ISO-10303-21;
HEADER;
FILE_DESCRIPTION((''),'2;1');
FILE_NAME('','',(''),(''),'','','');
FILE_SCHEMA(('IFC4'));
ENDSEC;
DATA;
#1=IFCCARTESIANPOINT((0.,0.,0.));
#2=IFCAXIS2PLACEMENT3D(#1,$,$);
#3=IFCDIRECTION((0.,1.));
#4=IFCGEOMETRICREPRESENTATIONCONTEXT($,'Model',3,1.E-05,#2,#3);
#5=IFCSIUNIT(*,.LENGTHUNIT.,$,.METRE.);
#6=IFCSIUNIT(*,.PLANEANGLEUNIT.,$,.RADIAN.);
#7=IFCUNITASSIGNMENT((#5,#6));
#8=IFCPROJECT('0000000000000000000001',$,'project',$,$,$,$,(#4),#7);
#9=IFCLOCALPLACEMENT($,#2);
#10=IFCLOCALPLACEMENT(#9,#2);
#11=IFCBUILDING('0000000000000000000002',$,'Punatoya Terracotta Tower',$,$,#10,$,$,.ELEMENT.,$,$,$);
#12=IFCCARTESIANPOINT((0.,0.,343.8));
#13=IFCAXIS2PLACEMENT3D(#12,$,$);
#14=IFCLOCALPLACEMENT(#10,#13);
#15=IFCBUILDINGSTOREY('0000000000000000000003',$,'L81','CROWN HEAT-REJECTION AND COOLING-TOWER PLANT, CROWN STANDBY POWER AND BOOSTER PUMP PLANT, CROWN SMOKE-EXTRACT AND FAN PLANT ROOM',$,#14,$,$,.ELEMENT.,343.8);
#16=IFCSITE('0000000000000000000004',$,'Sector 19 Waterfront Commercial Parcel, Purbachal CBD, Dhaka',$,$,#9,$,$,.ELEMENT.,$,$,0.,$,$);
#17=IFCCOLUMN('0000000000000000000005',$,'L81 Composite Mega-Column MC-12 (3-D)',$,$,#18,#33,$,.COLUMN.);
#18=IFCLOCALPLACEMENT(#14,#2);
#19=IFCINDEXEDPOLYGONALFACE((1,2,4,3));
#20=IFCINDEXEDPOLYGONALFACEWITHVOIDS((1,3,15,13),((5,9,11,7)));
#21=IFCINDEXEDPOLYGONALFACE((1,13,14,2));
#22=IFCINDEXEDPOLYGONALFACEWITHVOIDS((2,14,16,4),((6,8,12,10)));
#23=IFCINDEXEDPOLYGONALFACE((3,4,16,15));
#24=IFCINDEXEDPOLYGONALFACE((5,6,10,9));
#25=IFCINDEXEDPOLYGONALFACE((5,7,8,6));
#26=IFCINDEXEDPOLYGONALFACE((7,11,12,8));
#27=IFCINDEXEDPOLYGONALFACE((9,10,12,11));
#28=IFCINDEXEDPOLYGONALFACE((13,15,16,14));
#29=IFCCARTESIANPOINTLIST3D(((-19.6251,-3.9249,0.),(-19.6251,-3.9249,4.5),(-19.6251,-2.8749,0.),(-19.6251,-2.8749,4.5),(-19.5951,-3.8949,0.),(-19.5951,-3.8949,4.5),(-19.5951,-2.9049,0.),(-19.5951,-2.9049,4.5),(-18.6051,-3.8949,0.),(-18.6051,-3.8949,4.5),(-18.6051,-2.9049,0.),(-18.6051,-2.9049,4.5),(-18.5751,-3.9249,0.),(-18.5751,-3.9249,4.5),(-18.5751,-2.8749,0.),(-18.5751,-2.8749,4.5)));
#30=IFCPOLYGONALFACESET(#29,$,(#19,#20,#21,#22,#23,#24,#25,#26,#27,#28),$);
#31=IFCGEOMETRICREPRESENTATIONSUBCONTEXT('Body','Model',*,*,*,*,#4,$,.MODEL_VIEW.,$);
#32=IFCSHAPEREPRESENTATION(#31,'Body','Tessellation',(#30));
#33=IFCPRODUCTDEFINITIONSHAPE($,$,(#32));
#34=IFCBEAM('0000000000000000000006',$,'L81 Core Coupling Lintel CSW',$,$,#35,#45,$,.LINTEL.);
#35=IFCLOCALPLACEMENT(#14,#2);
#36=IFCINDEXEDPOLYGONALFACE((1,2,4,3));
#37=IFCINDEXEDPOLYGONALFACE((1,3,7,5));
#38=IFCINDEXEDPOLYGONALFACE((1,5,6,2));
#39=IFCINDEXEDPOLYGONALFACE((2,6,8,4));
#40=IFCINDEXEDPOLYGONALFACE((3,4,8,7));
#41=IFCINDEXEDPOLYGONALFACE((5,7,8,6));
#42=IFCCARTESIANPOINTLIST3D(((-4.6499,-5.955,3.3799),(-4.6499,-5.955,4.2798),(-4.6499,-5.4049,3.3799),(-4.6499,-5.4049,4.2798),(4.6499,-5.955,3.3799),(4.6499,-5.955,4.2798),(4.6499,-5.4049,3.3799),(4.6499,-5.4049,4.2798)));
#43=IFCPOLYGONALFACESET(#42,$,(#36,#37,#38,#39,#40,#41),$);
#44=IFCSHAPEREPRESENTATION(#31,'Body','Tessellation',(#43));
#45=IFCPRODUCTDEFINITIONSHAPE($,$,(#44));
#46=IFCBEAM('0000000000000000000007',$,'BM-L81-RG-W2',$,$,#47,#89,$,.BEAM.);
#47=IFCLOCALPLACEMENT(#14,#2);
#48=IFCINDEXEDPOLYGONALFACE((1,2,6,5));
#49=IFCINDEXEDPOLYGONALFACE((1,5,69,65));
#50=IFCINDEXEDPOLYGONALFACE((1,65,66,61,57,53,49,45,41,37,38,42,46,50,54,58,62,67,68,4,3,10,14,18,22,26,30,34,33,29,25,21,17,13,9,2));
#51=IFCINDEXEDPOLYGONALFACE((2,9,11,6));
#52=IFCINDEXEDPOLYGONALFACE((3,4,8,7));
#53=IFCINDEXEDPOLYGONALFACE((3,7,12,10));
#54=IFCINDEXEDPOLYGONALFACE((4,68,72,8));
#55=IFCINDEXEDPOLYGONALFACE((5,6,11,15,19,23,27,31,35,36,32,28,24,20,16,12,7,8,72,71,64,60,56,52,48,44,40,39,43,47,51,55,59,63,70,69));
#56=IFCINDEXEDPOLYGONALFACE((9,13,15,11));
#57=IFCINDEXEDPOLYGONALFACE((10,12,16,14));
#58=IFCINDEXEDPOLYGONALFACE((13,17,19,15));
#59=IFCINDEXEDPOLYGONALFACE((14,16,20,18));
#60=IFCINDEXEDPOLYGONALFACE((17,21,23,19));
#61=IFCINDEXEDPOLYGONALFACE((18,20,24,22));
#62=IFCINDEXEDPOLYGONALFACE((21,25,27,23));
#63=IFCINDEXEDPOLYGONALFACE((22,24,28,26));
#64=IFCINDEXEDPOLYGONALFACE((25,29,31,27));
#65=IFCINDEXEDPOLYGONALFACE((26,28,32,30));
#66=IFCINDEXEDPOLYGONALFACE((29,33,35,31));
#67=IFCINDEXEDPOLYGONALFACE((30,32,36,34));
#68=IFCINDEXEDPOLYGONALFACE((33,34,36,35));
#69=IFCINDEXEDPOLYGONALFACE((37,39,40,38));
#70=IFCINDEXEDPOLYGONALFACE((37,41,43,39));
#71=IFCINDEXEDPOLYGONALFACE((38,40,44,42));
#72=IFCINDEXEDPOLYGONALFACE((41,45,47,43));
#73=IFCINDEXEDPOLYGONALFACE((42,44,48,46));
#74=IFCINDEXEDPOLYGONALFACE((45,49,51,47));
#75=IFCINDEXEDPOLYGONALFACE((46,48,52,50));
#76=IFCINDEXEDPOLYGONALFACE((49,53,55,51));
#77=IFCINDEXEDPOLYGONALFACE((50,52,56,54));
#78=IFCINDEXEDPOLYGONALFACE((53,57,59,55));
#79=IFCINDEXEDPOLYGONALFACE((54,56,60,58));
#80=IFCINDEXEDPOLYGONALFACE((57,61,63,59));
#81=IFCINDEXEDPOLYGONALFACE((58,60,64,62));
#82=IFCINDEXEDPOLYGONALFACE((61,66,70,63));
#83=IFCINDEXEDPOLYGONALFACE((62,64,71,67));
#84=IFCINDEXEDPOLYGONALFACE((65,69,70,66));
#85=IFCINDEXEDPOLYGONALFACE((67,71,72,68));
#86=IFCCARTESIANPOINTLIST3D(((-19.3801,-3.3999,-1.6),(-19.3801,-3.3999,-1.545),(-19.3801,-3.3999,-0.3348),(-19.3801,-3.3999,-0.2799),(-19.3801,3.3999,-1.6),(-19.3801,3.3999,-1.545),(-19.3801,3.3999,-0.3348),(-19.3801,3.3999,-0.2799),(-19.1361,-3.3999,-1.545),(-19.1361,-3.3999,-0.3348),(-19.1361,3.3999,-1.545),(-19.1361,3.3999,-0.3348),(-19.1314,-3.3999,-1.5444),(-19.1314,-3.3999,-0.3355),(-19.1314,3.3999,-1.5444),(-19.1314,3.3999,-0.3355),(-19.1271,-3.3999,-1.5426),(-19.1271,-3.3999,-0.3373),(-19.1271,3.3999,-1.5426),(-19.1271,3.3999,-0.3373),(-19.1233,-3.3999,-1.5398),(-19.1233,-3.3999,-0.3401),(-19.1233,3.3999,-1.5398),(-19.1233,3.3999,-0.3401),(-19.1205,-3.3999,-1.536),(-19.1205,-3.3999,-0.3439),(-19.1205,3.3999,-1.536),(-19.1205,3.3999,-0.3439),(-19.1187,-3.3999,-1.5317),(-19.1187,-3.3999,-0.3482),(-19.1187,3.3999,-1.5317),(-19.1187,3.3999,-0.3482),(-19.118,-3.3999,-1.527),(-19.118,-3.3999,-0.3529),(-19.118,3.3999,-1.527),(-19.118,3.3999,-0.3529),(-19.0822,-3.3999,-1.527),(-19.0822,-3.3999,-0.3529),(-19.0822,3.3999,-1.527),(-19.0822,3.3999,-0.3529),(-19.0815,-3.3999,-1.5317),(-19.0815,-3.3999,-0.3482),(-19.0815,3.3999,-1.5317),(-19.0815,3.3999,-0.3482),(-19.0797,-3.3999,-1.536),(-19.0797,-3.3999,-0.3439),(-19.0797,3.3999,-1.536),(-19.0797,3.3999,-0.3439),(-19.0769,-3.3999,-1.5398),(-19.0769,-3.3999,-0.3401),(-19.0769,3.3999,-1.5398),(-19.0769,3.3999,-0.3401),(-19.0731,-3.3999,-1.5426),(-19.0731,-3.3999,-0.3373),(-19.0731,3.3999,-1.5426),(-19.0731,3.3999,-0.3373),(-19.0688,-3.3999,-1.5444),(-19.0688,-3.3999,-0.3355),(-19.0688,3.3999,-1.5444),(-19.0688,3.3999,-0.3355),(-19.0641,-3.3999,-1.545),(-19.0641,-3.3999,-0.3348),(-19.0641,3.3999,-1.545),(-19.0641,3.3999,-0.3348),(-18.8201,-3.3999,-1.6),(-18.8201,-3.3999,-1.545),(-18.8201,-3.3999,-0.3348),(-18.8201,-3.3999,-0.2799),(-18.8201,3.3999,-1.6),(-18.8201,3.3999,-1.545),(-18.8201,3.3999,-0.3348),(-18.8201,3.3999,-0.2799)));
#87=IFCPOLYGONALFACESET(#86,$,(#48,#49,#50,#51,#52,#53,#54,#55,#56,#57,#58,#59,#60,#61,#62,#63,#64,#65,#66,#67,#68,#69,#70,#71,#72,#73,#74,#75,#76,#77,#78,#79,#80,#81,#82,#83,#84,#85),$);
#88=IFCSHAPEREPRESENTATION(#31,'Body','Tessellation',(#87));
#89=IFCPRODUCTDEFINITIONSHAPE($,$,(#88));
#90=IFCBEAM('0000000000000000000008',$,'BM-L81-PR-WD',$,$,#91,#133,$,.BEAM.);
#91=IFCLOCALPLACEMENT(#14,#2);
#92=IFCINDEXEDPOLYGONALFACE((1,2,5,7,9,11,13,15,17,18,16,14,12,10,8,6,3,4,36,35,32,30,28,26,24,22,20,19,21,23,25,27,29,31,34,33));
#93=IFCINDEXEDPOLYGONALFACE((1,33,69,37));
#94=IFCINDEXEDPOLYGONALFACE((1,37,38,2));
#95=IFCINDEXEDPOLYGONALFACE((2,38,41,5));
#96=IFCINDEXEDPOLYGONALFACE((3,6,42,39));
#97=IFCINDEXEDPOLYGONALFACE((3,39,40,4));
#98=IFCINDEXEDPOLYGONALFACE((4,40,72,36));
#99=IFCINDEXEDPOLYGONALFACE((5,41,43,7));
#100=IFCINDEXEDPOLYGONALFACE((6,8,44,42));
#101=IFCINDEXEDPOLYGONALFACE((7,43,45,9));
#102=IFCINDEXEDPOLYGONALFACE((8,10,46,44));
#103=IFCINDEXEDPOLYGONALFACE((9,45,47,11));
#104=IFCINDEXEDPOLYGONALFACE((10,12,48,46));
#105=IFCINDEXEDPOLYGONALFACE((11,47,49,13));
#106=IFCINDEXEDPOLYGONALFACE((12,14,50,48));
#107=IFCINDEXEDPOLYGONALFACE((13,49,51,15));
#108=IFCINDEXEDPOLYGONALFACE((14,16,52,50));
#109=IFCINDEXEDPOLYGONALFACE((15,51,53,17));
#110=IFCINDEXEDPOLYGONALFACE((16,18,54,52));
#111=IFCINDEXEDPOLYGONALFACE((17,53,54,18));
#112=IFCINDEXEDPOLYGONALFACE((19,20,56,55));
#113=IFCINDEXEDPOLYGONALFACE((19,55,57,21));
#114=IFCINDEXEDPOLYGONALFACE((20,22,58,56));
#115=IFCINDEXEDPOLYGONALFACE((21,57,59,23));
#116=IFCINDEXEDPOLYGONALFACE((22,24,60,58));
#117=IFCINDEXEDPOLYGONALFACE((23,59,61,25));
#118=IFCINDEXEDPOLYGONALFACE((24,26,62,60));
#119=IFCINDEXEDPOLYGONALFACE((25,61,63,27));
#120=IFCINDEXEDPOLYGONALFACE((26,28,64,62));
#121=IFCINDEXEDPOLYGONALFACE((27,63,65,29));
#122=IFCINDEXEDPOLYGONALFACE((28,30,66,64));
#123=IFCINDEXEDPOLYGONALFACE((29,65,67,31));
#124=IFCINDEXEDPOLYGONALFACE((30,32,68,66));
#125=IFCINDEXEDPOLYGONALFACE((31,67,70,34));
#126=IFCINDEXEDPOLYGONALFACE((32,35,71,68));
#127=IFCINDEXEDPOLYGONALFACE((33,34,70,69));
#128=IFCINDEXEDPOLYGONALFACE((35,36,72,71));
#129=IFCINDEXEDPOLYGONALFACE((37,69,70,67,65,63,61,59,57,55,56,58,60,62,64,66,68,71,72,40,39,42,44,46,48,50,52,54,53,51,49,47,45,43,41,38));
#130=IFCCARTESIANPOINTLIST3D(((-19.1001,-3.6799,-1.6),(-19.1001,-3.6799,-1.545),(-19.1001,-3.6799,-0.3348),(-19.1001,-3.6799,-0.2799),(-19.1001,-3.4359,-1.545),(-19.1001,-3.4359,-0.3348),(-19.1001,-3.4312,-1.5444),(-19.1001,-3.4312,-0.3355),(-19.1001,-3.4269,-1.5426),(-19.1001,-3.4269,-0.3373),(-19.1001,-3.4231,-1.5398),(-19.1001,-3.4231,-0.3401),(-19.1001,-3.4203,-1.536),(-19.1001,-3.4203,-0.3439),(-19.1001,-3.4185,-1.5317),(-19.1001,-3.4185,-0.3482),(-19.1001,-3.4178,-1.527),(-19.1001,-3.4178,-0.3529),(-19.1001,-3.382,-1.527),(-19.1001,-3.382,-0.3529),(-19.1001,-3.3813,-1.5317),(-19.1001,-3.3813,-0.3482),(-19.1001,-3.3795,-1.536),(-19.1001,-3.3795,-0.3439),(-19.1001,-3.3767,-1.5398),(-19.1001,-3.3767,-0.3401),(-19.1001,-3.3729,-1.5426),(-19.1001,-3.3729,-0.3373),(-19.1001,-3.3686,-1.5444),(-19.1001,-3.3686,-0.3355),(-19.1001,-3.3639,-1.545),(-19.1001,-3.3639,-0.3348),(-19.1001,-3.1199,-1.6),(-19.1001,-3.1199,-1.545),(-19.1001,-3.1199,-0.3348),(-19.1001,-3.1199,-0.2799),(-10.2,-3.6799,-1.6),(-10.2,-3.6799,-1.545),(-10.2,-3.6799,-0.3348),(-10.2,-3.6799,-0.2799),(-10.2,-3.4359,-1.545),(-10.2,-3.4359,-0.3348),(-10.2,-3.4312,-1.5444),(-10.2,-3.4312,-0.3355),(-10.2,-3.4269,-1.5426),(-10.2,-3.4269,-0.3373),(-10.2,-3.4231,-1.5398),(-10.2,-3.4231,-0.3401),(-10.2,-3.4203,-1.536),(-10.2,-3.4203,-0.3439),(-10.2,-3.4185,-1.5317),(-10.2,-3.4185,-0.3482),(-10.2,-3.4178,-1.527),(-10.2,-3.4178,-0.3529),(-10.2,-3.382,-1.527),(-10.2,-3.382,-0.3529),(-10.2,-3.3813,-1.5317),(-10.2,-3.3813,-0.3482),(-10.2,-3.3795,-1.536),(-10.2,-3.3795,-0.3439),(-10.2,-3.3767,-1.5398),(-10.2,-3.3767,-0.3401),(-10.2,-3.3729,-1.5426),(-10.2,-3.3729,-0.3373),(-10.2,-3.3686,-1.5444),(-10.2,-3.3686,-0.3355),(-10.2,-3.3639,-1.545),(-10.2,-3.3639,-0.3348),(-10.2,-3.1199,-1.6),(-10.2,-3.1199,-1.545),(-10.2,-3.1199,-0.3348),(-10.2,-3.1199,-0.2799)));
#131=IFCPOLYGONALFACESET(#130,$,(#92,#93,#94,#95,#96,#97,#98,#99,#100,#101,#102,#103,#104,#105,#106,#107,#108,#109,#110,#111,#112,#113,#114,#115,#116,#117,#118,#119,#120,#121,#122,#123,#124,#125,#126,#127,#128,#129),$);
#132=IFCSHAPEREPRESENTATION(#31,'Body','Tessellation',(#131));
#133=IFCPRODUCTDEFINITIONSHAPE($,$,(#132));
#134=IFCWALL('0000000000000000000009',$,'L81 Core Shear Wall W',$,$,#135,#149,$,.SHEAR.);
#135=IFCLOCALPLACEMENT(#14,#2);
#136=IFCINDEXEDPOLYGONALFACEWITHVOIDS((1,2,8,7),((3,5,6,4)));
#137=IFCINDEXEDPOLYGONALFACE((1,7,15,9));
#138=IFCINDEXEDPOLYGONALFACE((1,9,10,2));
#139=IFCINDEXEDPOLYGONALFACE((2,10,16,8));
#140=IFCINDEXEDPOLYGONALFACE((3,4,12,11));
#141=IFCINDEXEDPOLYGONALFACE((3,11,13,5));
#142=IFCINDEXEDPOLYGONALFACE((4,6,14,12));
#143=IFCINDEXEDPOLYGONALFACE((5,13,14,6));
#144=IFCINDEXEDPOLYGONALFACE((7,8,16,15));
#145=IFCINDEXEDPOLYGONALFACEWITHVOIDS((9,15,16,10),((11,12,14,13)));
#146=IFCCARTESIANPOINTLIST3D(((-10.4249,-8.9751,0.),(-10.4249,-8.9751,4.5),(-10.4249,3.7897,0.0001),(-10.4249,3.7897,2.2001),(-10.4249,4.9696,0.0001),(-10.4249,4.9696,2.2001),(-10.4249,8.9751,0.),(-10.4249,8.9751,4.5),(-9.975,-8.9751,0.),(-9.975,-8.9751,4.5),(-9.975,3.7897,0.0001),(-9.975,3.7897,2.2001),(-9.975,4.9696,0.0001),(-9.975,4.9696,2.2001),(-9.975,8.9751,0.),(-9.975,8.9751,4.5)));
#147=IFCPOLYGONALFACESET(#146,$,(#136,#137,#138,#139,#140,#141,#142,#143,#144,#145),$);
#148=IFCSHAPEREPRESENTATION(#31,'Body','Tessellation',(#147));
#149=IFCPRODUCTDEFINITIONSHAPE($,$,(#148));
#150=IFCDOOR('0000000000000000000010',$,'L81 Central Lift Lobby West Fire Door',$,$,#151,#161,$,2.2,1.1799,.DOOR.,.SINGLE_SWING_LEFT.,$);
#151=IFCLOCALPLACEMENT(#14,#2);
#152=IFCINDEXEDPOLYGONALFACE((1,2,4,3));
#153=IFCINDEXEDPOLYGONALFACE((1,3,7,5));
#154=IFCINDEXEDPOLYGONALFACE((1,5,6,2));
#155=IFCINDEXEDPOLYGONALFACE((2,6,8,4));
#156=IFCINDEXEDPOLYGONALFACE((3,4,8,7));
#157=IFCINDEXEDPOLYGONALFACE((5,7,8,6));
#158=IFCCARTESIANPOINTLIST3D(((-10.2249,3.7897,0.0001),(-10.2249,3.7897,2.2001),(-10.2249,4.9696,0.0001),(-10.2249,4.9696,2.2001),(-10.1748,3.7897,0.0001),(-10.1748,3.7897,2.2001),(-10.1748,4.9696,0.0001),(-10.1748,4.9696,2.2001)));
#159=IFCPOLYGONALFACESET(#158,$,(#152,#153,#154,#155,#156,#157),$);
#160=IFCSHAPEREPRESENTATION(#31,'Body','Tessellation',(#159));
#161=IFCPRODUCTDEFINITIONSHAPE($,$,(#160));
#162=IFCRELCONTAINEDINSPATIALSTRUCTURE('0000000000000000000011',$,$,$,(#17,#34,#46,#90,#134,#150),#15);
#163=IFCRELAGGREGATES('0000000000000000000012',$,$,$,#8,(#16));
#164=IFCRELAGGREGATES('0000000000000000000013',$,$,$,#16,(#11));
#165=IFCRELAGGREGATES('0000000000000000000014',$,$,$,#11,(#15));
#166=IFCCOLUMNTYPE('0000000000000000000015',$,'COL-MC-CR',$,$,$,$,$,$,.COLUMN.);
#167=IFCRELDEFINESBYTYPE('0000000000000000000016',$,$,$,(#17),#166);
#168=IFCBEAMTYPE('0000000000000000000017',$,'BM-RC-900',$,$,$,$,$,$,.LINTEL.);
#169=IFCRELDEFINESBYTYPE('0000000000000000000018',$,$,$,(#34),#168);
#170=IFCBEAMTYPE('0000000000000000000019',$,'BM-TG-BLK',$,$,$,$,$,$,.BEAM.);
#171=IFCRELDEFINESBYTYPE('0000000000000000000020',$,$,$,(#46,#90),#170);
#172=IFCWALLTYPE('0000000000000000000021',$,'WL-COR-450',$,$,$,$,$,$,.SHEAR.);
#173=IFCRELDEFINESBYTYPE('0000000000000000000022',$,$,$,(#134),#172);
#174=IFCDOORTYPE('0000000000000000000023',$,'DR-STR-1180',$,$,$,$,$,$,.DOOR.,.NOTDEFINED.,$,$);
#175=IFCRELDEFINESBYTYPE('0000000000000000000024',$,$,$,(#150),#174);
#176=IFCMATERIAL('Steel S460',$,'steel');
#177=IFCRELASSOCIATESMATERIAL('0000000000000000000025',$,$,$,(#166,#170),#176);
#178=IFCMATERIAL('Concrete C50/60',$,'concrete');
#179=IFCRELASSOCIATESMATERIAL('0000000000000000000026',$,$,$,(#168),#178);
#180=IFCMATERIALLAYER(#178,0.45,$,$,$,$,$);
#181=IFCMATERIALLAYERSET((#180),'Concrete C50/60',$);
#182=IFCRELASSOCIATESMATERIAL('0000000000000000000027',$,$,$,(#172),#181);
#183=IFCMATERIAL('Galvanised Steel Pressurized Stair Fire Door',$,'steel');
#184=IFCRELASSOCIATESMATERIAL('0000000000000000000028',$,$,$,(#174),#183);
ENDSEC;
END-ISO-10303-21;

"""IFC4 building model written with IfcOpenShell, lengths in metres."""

from ifc_helpers import new_model, si_unit, direction, frame, frame_2d, origin, origin_2d, place, context, subcontext, project, spatial, rectangle, hollow_rectangle, i_section, extrude, material, layer, layer_set, material_profile, profile_set, type_object, element, fill, save


model = new_model("IFC4")

# Units and contexts
model_context = context("Model", 3, precision=1e-05, world=origin(), true_north=direction((0.0, 1.0)))
body_context = subcontext(model_context, "Body", "Model", "MODEL_VIEW")
ifc_project = project(units=[si_unit("LENGTHUNIT", "METRE"), si_unit("PLANEANGLEUNIT", "RADIAN")], contexts=[model_context])

# Site, building, storey
site_placement = place(None, origin())
site = spatial("IfcSite", under=ifc_project, at=site_placement, Name="Sector 19 Waterfront Commercial Parcel, Purbachal CBD, Dhaka", CompositionType="ELEMENT", RefElevation=0.0)
building_placement = place(site_placement, origin())
building = spatial("IfcBuilding", under=site, at=building_placement, Name="Punatoya Terracotta Tower", CompositionType="ELEMENT")
storey_placement = place(building_placement, frame((0.0, 0.0, 343.8)))
storey = spatial("IfcBuildingStorey", under=building, at=storey_placement, Name="L81", Description="CROWN HEAT-REJECTION AND COOLING-TOWER PLANT, CROWN STANDBY POWER AND BOOSTER PUMP PLANT, CROWN SMOKE-EXTRACT AND FAN PLANT ROOM", CompositionType="ELEMENT", Elevation=343.8)

# Column
ifc_material_1 = material(Name="Steel S460", Category="steel")
ifc_material_profile_1 = material_profile(ifc_material_1, hollow_rectangle(XDim=1.05, YDim=1.05, WallThickness=0.03, at=origin_2d()))
ifc_profile_set_1 = profile_set([ifc_material_profile_1], Name="Steel S460")
column_type = type_object("IfcColumnType", Name="COL-MC-CR", PredefinedType="COLUMN", material=ifc_profile_set_1)
column_placement = place(storey_placement, frame((-19.1001, -3.3999, 0.0), z_axis=(0.0, 0.0, 1.0), x_axis=(1.0, 0.0, 0.0)))
element("IfcColumn", 1, at=column_placement, inside=storey, type_object=column_type, Name="L81 Composite Mega-Column MC-12 (3-D)", PredefinedType="COLUMN", context=body_context, shape_type="SweptSolid", body=[
    extrude(hollow_rectangle(XDim=1.05, YDim=1.05, WallThickness=0.03, at=origin_2d()), origin(), (0.0, 0.0, 1.0), 4.5),
])

# Beams
ifc_material_2 = material(Name="Concrete C50/60", Category="concrete")
ifc_material_profile_2 = material_profile(ifc_material_2, rectangle(XDim=0.55, YDim=0.8999, at=origin_2d()))
ifc_profile_set_2 = profile_set([ifc_material_profile_2], Name="Concrete C50/60")
beam_type_1 = type_object("IfcBeamType", Name="BM-RC-900", PredefinedType="LINTEL", material=ifc_profile_set_2)
beam_1_placement = place(storey_placement, frame((-4.6499, -5.6799, 3.8298), z_axis=(1.0, 0.0, 0.0), x_axis=(0.0, 1.0, 0.0)))
element("IfcBeam", 2, at=beam_1_placement, inside=storey, type_object=beam_type_1, Name="L81 Core Coupling Lintel CSW", PredefinedType="LINTEL", context=body_context, shape_type="SweptSolid", body=[
    extrude(rectangle(XDim=0.55, YDim=0.8999, at=origin_2d()), origin(), (0.0, 0.0, 1.0), 9.2998),
])
ifc_material_profile_3 = material_profile(ifc_material_1, i_section(OverallWidth=0.5601, OverallDepth=1.3201, WebThickness=0.0359, FlangeThickness=0.0549, FilletRadius=0.0181, at=origin_2d()))
ifc_profile_set_3 = profile_set([ifc_material_profile_3], Name="Steel S460")
beam_type_2 = type_object("IfcBeamType", Name="BM-TG-BLK", PredefinedType="BEAM", material=ifc_profile_set_3)
beam_2_placement = place(storey_placement, frame((-19.1001, -3.3999, -0.9399), z_axis=(0.0, 1.0, 0.0), x_axis=(-1.0, 0.0, 0.0)))
element("IfcBeam", 3, at=beam_2_placement, inside=storey, type_object=beam_type_2, Name="BM-L81-RG-W2", PredefinedType="BEAM", context=body_context, shape_type="SweptSolid", body=[
    extrude(i_section(OverallWidth=0.5601, OverallDepth=1.3201, WebThickness=0.0359, FlangeThickness=0.0549, FilletRadius=0.0181, at=origin_2d()), origin(), (0.0, 0.0, 1.0), 6.7998),
])
beam_3_placement = place(storey_placement, frame((-19.1001, -3.3999, -0.9399), z_axis=(1.0, 0.0, 0.0), x_axis=(0.0, 1.0, 0.0)))
element("IfcBeam", 4, at=beam_3_placement, inside=storey, type_object=beam_type_2, Name="BM-L81-PR-WD", PredefinedType="BEAM", context=body_context, shape_type="SweptSolid", body=[
    extrude(i_section(OverallWidth=0.5601, OverallDepth=1.3201, WebThickness=0.0359, FlangeThickness=0.0549, FilletRadius=0.0181, at=origin_2d()), origin(), (0.0, 0.0, 1.0), 8.9001),
])

# Wall, opening, door
ifc_layer_1 = layer(ifc_material_2, 0.45)
ifc_layer_set_1 = layer_set([ifc_layer_1], Name="Concrete C50/60")
wall_type_1 = type_object("IfcWallType", Name="WL-COR-450", PredefinedType="SHEAR", material=ifc_layer_set_1)
wall_1_placement = place(storey_placement, frame((-10.2, -8.9751, 0.0), z_axis=(0.0, 0.0, 1.0), x_axis=(0.0, 1.0, 0.0)))
wall_1 = element("IfcWall", 5, at=wall_1_placement, inside=storey, type_object=wall_type_1, Name="L81 Core Shear Wall W", PredefinedType="SHEAR", context=body_context, shape_type="SweptSolid", body=[
    extrude(rectangle(XDim=17.9502, YDim=0.45, at=frame_2d((8.9751, 0.0))), origin(), (0.0, 0.0, 1.0), 4.5),
])
opening_1_placement = place(wall_1_placement, frame((12.7649, 0.0, 0.0)))
opening_1 = element("IfcOpeningElement", 6, at=opening_1_placement, cuts=wall_1, PredefinedType="OPENING", context=body_context, shape_type="SweptSolid", body=[
    extrude(rectangle(XDim=1.1799, YDim=2.2, at=frame_2d((0.5898, 1.1001))), frame((0.0, 0.2349, 0.0), z_axis=(0.0, -1.0, 0.0), x_axis=(1.0, 0.0, 0.0)), (0.0, 0.0, 1.0), 0.47),
])
ifc_material_3 = material(Name="Galvanised Steel Pressurized Stair Fire Door", Category="steel")
door_type_1 = type_object("IfcDoorType", Name="DR-STR-1180", OperationType="NOTDEFINED", PredefinedType="DOOR", material=ifc_material_3)
door_1_placement = place(opening_1_placement, origin())
door_1 = element("IfcDoor", 7, at=door_1_placement, inside=storey, type_object=door_type_1, Name="L81 Central Lift Lobby West Fire Door", OperationType="SINGLE_SWING_LEFT", OverallHeight=2.2, OverallWidth=1.1799, PredefinedType="DOOR", context=body_context, shape_type="SweptSolid", body=[
    extrude(rectangle(XDim=1.1799, YDim=2.2, at=frame_2d((0.5898, 1.1001))), frame((0.0, 0.0249, 0.0), z_axis=(0.0, -1.0, 0.0), x_axis=(1.0, 0.0, 0.0)), (0.0, 0.0, 1.0), 0.05),
])
fill(opening_1, door_1)

save(model, "model.ifc")
